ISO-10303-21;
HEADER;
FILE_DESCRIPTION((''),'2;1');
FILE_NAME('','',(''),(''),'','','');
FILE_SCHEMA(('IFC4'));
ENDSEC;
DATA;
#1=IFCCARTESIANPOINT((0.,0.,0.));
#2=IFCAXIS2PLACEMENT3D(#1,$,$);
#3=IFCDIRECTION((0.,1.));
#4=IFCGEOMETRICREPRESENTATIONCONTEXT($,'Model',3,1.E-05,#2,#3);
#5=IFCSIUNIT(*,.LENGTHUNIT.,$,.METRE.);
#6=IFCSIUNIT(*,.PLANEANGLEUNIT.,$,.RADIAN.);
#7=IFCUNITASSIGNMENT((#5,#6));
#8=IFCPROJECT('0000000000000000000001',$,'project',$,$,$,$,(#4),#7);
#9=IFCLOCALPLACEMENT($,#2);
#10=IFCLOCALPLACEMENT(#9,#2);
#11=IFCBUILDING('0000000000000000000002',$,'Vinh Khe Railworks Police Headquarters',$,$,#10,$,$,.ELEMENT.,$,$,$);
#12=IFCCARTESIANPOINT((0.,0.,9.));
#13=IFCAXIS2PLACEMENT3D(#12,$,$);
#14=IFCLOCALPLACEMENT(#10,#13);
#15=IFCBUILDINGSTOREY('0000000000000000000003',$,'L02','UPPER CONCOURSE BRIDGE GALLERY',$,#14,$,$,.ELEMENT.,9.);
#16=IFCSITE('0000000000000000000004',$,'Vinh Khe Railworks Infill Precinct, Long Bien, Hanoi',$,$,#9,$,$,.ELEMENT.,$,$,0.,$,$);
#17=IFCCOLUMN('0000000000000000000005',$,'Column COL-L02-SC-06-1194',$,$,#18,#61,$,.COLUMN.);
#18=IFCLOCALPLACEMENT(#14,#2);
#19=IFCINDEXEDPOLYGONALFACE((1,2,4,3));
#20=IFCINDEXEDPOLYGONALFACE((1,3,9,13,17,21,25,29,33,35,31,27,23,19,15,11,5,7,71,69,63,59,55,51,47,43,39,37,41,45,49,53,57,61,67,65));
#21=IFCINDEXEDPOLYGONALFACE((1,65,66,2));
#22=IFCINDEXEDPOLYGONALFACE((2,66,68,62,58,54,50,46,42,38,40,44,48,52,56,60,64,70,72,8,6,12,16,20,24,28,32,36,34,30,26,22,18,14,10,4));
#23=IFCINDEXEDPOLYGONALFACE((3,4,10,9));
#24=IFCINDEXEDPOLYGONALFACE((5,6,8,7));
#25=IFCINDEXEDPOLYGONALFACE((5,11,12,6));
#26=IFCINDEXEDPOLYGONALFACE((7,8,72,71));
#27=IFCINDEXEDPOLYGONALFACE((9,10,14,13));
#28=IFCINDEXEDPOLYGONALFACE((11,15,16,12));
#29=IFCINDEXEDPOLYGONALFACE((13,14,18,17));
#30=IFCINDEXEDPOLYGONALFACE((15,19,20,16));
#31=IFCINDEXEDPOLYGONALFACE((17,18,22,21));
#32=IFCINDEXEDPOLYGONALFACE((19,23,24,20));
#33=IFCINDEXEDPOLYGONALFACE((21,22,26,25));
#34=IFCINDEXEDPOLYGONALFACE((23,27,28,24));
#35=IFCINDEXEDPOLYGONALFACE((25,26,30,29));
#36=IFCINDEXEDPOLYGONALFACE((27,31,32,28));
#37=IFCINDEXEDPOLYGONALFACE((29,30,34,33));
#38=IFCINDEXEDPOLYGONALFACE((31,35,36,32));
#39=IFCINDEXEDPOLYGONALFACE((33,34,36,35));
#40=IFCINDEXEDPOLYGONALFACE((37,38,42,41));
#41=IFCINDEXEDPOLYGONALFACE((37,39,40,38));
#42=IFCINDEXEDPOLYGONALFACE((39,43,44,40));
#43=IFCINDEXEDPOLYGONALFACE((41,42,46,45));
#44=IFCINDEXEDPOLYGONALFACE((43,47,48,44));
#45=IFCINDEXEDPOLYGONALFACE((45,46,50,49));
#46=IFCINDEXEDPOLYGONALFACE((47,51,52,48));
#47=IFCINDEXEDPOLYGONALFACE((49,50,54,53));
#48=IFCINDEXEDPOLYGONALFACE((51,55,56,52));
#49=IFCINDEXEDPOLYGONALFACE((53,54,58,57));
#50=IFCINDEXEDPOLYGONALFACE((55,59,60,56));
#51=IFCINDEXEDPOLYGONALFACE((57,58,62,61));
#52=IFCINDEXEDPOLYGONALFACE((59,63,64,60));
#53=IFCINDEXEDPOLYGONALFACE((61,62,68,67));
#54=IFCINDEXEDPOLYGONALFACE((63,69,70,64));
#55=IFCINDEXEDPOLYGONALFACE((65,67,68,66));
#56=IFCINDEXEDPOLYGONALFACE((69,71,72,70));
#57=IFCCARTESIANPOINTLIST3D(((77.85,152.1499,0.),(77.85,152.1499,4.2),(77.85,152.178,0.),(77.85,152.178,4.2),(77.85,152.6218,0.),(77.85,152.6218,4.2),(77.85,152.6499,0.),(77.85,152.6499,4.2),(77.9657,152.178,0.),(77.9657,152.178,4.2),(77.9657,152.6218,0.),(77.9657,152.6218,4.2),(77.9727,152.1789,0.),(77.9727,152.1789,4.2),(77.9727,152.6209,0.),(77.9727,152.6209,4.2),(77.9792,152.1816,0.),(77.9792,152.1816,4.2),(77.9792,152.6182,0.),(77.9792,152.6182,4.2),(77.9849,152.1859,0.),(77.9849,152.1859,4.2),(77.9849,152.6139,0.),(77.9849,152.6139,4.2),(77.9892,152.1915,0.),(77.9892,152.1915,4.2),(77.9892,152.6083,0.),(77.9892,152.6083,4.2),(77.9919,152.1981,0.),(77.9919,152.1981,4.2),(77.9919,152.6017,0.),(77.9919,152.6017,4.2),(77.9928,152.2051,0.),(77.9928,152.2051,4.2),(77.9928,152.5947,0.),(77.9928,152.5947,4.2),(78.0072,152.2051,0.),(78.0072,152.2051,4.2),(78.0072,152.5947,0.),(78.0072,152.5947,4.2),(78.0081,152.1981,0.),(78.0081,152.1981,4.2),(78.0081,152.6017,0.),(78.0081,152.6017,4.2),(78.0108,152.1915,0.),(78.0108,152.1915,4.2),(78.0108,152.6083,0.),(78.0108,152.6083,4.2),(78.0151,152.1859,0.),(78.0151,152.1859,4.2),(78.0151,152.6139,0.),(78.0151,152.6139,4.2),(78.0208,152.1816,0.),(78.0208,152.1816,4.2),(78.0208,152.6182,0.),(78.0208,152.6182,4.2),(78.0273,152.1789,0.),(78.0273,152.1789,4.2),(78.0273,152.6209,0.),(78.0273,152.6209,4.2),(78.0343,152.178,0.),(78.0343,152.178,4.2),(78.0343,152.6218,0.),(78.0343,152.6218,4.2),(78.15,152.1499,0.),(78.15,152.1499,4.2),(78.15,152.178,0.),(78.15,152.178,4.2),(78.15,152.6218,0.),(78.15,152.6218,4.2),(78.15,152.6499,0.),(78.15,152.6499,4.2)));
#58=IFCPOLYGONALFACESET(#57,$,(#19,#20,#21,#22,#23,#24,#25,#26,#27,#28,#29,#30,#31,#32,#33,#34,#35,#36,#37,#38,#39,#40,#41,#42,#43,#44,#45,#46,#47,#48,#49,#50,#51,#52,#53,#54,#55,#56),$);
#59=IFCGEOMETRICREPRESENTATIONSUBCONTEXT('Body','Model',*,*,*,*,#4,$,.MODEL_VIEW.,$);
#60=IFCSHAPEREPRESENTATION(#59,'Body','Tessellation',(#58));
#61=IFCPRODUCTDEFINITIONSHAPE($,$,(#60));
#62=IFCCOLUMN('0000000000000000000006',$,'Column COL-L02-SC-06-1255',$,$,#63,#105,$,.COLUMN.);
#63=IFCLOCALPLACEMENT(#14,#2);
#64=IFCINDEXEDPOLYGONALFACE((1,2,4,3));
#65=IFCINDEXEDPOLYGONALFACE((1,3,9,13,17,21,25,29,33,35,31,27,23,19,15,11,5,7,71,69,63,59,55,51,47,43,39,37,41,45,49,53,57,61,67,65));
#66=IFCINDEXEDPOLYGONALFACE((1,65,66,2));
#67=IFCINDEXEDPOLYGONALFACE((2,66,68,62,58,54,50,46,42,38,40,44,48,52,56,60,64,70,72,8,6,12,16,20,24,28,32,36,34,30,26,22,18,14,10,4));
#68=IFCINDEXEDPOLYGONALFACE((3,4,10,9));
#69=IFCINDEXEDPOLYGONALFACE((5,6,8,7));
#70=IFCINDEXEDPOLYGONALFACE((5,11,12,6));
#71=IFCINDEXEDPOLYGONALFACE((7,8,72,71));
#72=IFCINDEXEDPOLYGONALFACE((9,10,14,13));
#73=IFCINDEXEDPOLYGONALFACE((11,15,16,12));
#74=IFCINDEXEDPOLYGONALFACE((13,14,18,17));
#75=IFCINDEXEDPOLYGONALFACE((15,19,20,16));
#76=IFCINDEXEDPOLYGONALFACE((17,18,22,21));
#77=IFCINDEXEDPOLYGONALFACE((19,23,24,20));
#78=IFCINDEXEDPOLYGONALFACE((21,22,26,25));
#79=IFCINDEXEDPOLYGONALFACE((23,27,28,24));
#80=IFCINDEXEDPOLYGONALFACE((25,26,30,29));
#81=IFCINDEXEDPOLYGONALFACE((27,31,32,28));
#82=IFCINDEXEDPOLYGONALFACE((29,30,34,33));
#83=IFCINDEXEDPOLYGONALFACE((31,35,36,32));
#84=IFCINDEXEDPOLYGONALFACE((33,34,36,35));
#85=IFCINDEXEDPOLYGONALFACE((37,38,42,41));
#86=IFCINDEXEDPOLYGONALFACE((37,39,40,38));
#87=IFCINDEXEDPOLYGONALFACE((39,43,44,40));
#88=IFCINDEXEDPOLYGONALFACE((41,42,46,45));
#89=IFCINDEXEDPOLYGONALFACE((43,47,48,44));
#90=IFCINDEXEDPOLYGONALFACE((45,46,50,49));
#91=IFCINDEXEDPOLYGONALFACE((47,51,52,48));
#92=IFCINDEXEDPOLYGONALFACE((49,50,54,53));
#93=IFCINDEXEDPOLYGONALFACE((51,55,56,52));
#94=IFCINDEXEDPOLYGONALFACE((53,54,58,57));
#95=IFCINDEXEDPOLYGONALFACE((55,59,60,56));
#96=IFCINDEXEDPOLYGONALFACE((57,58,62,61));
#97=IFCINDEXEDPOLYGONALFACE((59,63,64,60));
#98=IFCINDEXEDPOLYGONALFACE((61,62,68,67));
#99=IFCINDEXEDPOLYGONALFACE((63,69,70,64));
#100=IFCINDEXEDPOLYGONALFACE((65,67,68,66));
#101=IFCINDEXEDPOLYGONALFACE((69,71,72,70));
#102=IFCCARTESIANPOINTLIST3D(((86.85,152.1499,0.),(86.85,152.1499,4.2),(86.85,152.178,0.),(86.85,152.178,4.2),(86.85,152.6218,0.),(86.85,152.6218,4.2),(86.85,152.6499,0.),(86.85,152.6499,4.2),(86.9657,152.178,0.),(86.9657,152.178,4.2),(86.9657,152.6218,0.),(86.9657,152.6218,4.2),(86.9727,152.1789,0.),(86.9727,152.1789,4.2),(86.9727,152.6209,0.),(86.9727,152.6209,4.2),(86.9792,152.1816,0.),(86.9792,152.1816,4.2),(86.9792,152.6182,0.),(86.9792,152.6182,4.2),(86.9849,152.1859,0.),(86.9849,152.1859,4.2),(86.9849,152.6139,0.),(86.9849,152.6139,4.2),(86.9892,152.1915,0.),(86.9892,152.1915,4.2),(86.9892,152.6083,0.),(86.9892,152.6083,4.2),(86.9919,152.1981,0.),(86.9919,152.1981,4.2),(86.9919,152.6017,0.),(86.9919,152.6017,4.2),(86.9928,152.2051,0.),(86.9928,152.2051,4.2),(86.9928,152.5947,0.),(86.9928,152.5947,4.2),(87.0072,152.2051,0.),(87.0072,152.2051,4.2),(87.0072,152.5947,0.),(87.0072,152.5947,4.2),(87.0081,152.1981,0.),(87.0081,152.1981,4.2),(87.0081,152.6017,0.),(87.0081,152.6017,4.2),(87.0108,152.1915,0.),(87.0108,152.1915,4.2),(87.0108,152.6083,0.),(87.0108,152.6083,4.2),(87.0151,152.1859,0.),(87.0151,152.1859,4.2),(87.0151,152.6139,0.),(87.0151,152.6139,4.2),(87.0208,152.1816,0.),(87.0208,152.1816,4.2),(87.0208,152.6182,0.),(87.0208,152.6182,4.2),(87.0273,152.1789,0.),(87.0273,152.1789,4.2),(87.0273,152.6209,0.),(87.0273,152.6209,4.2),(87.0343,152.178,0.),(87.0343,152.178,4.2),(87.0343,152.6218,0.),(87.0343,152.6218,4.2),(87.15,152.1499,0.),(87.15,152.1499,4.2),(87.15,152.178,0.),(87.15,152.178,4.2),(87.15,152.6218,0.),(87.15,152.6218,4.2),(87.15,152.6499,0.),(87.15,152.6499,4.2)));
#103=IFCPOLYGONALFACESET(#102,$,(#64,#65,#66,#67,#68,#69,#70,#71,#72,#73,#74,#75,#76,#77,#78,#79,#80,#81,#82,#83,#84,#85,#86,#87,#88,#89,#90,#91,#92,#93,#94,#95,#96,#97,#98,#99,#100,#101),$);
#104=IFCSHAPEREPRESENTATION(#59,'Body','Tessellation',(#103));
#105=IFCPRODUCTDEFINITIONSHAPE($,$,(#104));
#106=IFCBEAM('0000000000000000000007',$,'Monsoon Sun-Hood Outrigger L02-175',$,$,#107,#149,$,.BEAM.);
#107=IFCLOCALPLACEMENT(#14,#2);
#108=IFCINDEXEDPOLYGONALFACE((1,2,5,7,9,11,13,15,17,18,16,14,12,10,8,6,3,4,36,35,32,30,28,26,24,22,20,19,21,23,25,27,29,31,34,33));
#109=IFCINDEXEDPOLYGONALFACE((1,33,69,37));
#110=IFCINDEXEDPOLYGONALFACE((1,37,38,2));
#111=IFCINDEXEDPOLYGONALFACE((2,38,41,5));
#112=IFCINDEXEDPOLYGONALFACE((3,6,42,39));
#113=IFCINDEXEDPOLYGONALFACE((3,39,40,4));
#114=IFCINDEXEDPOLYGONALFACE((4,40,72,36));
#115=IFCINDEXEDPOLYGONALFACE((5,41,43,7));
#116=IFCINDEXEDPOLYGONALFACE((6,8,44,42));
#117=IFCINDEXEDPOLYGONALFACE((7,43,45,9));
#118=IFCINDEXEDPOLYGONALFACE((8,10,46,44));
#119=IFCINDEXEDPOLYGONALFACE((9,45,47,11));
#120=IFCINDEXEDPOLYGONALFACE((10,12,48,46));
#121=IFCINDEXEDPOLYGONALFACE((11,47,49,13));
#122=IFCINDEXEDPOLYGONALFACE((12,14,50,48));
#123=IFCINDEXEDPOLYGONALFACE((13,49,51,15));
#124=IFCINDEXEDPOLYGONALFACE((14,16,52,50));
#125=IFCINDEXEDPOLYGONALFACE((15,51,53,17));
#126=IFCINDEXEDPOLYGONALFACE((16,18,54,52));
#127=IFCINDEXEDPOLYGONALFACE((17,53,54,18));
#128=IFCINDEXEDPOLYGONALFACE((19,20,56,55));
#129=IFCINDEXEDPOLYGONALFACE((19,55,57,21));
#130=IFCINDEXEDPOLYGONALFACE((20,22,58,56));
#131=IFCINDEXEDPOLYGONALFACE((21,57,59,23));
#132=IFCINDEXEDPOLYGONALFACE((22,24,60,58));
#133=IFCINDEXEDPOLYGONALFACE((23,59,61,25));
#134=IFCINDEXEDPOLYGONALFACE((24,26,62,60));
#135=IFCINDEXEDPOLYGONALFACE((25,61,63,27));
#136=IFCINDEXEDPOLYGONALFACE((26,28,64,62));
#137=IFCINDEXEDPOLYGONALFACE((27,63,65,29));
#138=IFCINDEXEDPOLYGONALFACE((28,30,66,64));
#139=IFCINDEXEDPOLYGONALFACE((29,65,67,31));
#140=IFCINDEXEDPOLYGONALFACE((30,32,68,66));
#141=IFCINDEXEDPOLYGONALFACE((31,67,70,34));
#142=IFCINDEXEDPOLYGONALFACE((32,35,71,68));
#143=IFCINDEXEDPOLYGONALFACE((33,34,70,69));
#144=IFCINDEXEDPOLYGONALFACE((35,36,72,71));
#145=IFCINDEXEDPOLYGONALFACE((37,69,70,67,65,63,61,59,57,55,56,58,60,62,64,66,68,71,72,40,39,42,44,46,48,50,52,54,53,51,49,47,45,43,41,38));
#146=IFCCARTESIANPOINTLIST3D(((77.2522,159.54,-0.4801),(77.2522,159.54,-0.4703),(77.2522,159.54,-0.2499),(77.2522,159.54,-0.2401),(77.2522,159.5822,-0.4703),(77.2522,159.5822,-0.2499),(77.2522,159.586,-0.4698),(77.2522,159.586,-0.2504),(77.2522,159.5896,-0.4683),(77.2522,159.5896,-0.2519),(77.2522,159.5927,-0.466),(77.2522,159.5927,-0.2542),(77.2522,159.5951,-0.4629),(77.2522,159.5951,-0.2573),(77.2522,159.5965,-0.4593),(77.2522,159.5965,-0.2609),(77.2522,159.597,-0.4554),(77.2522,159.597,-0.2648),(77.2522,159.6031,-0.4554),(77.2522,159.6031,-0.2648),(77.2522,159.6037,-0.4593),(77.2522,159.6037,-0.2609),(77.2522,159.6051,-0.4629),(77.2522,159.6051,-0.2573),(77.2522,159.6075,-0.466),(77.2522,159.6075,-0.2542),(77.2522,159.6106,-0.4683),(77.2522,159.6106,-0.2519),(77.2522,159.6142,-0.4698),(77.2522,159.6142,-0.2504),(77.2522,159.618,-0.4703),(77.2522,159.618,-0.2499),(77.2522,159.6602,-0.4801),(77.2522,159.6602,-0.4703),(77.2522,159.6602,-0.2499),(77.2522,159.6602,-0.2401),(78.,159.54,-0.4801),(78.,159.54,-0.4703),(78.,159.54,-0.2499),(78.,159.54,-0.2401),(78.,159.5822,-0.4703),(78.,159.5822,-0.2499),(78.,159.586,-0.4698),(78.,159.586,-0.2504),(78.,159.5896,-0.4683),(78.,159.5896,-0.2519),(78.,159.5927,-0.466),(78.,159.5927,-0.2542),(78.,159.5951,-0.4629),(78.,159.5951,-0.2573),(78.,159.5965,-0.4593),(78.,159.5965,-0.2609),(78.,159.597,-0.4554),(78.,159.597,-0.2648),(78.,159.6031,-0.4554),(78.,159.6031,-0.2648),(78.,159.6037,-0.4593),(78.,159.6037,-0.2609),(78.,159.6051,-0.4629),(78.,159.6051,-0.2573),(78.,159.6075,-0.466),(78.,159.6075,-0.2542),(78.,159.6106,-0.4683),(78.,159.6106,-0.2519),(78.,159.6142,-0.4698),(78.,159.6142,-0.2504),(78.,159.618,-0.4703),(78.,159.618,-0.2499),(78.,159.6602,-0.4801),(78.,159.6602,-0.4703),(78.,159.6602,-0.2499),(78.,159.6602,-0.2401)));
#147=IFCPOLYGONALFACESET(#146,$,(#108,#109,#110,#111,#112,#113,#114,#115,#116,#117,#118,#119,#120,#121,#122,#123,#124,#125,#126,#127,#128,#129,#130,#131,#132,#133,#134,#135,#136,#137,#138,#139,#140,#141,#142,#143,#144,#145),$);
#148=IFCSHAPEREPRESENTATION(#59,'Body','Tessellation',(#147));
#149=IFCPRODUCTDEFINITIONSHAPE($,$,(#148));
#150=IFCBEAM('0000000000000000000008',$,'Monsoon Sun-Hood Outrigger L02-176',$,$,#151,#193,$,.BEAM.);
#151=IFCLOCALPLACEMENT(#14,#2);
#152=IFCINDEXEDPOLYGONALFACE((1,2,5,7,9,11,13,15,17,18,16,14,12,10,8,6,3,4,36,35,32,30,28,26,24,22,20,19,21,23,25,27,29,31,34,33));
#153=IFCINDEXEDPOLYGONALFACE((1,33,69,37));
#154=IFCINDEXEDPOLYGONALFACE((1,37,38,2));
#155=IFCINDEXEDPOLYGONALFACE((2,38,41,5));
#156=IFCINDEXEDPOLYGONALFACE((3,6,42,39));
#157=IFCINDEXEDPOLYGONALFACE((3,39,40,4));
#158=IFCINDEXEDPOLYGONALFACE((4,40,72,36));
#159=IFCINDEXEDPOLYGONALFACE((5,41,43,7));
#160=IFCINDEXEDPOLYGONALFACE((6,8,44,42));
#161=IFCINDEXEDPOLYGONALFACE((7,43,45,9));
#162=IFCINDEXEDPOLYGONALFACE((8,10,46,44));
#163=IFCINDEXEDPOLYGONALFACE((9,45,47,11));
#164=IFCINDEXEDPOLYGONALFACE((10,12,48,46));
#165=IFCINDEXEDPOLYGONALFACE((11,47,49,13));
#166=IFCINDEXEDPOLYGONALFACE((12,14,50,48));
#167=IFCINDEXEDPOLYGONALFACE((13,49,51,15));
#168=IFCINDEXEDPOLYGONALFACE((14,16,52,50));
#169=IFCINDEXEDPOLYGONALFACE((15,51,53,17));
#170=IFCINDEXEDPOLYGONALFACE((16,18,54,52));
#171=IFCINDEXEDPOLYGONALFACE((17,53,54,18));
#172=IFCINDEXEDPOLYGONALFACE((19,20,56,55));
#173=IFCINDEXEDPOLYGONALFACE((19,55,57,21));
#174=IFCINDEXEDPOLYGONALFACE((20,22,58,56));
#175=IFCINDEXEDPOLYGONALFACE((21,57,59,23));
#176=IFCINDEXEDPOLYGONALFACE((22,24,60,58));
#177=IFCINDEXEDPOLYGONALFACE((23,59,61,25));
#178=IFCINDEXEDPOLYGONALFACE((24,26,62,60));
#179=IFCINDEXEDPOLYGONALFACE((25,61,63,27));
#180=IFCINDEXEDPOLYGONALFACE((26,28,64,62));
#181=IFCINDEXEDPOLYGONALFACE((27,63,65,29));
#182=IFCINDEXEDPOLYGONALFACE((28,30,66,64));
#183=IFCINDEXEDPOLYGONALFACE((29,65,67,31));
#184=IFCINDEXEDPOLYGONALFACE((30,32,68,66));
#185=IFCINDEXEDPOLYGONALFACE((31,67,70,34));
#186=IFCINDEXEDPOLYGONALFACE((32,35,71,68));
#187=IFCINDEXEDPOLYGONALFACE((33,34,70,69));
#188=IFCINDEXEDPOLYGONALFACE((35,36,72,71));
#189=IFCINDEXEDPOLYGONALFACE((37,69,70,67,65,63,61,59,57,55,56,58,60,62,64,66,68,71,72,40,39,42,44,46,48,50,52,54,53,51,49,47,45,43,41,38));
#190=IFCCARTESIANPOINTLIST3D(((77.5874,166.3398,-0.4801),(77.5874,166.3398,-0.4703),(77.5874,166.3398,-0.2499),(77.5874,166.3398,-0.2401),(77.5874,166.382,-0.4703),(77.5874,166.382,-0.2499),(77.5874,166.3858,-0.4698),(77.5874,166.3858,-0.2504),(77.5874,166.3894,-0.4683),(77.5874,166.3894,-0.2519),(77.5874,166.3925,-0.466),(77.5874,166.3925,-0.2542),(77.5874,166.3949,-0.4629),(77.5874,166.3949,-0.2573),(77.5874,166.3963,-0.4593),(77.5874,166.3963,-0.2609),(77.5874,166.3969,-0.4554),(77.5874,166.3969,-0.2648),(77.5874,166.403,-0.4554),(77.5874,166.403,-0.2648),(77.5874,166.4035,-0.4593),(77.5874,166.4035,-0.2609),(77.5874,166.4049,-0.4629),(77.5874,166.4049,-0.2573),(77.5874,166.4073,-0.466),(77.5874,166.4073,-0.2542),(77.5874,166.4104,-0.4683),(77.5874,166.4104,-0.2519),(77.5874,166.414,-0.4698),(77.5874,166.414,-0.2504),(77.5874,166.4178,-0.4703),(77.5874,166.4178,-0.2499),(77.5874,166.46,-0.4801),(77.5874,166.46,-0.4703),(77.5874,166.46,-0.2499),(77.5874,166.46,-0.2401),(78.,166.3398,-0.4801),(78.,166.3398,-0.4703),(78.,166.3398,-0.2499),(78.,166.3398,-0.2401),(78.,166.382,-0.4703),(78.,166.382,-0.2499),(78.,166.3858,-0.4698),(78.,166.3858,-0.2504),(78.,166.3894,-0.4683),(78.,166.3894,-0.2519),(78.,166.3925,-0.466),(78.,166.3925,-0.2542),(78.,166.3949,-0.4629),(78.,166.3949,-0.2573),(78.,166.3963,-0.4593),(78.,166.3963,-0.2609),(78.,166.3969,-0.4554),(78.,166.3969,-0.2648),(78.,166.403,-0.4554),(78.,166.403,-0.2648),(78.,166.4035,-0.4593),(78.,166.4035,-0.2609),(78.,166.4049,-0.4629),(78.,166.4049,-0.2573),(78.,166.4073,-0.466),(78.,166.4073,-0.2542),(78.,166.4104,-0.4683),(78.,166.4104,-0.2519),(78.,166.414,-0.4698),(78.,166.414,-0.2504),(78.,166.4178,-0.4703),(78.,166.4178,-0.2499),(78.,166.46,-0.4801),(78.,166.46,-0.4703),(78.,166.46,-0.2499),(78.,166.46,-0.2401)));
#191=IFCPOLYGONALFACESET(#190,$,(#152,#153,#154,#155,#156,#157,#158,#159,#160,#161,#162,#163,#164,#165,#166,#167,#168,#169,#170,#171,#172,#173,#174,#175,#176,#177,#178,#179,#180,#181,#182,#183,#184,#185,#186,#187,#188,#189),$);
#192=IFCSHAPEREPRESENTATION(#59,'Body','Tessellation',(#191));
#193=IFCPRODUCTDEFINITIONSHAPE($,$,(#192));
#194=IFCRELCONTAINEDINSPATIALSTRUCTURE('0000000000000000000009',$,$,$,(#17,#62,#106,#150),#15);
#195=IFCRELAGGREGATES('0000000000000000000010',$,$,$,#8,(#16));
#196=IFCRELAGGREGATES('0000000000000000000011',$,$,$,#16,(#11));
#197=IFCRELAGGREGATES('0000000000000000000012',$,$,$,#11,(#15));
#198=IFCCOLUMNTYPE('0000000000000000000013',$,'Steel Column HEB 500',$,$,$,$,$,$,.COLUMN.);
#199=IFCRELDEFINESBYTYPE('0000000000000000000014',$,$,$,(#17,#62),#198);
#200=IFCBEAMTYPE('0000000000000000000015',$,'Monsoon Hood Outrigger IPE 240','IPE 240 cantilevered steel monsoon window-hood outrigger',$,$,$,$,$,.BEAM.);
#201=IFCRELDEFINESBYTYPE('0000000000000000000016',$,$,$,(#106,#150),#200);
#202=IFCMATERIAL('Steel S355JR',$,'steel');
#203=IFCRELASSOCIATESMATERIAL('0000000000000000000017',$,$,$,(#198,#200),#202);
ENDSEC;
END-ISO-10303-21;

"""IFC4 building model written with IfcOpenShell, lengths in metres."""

from ifc_helpers import new_model, si_unit, direction, frame, origin, origin_2d, place, context, subcontext, project, spatial, i_section, extrude, material, material_profile, profile_set, type_object, element, save


model = new_model("IFC4")

# Units and contexts
model_context = context("Model", 3, precision=1e-05, world=origin(), true_north=direction((0.0, 1.0)))
body_context = subcontext(model_context, "Body", "Model", "MODEL_VIEW")
ifc_project = project(units=[si_unit("LENGTHUNIT", "METRE"), si_unit("PLANEANGLEUNIT", "RADIAN")], contexts=[model_context])

# Site, building, storey
site_placement = place(None, origin())
site = spatial("IfcSite", under=ifc_project, at=site_placement, Name="Vinh Khe Railworks Infill Precinct, Long Bien, Hanoi", CompositionType="ELEMENT", RefElevation=0.0)
building_placement = place(site_placement, origin())
building = spatial("IfcBuilding", under=site, at=building_placement, Name="Vinh Khe Railworks Police Headquarters", CompositionType="ELEMENT")
storey_placement = place(building_placement, frame((0.0, 0.0, 9.0)))
storey = spatial("IfcBuildingStorey", under=building, at=storey_placement, Name="L02", Description="UPPER CONCOURSE BRIDGE GALLERY", CompositionType="ELEMENT", Elevation=9.0)

# Columns
ifc_material_1 = material(Name="Steel S355JR", Category="steel")
ifc_material_profile_1 = material_profile(ifc_material_1, i_section(OverallWidth=0.3, OverallDepth=0.5, WebThickness=0.0144, FlangeThickness=0.0281, FilletRadius=0.0271, at=origin_2d()), Name="HEB 500")
ifc_profile_set_1 = profile_set([ifc_material_profile_1], Name="Steel S355JR")
column_type_1 = type_object("IfcColumnType", Name="Steel Column HEB 500", PredefinedType="COLUMN", material=ifc_profile_set_1)
for number, where, z_axis, x_axis, name in (
    (1, (78.0, 152.3999, 0.0), (0.0, 0.0, 1.0), (1.0, 0.0, 0.0), "Column COL-L02-SC-06-1194"),
    (2, (87.0, 152.3999, 0.0), (0.0, 0.0, 1.0), (1.0, 0.0, 0.0), "Column COL-L02-SC-06-1255"),
):
    element("IfcColumn", number, at=place(storey_placement, frame(where, z_axis=z_axis, x_axis=x_axis)), inside=storey, type_object=column_type_1, Name=name, PredefinedType="COLUMN", context=body_context, shape_type="SweptSolid", body=[
        extrude(i_section(OverallWidth=0.3, OverallDepth=0.5, WebThickness=0.0144, FlangeThickness=0.0281, FilletRadius=0.0271, at=origin_2d()), origin(), (0.0, 0.0, 1.0), 4.2),
    ])

# Beams
ifc_material_profile_2 = material_profile(ifc_material_1, i_section(OverallWidth=0.1201, OverallDepth=0.24, WebThickness=0.0061, FlangeThickness=0.0098, FilletRadius=0.0149, at=origin_2d()), Name="IPE 240")
ifc_profile_set_2 = profile_set([ifc_material_profile_2], Name="Steel S355JR")
beam_type_1 = type_object("IfcBeamType", Name="Monsoon Hood Outrigger IPE 240", Description="IPE 240 cantilevered steel monsoon window-hood outrigger", PredefinedType="BEAM", material=ifc_profile_set_2)
beam_1_placement = place(storey_placement, frame((77.2522, 159.6001, -0.3601), z_axis=(1.0, 0.0, 0.0), x_axis=(0.0, 1.0, 0.0)))
element("IfcBeam", 3, at=beam_1_placement, inside=storey, type_object=beam_type_1, Name="Monsoon Sun-Hood Outrigger L02-175", PredefinedType="BEAM", context=body_context, shape_type="SweptSolid", body=[
    extrude(i_section(OverallWidth=0.1201, OverallDepth=0.24, WebThickness=0.0061, FlangeThickness=0.0098, FilletRadius=0.0149, at=origin_2d()), origin(), (0.0, 0.0, 1.0), 0.7478),
])
beam_2_placement = place(storey_placement, frame((77.5874, 166.3999, -0.3601), z_axis=(1.0, 0.0, 0.0), x_axis=(0.0, 1.0, 0.0)))
element("IfcBeam", 4, at=beam_2_placement, inside=storey, type_object=beam_type_1, Name="Monsoon Sun-Hood Outrigger L02-176", PredefinedType="BEAM", context=body_context, shape_type="SweptSolid", body=[
    extrude(i_section(OverallWidth=0.1201, OverallDepth=0.24, WebThickness=0.0061, FlangeThickness=0.0098, FilletRadius=0.0149, at=origin_2d()), origin(), (0.0, 0.0, 1.0), 0.4126),
])

save(model, "model.ifc")
